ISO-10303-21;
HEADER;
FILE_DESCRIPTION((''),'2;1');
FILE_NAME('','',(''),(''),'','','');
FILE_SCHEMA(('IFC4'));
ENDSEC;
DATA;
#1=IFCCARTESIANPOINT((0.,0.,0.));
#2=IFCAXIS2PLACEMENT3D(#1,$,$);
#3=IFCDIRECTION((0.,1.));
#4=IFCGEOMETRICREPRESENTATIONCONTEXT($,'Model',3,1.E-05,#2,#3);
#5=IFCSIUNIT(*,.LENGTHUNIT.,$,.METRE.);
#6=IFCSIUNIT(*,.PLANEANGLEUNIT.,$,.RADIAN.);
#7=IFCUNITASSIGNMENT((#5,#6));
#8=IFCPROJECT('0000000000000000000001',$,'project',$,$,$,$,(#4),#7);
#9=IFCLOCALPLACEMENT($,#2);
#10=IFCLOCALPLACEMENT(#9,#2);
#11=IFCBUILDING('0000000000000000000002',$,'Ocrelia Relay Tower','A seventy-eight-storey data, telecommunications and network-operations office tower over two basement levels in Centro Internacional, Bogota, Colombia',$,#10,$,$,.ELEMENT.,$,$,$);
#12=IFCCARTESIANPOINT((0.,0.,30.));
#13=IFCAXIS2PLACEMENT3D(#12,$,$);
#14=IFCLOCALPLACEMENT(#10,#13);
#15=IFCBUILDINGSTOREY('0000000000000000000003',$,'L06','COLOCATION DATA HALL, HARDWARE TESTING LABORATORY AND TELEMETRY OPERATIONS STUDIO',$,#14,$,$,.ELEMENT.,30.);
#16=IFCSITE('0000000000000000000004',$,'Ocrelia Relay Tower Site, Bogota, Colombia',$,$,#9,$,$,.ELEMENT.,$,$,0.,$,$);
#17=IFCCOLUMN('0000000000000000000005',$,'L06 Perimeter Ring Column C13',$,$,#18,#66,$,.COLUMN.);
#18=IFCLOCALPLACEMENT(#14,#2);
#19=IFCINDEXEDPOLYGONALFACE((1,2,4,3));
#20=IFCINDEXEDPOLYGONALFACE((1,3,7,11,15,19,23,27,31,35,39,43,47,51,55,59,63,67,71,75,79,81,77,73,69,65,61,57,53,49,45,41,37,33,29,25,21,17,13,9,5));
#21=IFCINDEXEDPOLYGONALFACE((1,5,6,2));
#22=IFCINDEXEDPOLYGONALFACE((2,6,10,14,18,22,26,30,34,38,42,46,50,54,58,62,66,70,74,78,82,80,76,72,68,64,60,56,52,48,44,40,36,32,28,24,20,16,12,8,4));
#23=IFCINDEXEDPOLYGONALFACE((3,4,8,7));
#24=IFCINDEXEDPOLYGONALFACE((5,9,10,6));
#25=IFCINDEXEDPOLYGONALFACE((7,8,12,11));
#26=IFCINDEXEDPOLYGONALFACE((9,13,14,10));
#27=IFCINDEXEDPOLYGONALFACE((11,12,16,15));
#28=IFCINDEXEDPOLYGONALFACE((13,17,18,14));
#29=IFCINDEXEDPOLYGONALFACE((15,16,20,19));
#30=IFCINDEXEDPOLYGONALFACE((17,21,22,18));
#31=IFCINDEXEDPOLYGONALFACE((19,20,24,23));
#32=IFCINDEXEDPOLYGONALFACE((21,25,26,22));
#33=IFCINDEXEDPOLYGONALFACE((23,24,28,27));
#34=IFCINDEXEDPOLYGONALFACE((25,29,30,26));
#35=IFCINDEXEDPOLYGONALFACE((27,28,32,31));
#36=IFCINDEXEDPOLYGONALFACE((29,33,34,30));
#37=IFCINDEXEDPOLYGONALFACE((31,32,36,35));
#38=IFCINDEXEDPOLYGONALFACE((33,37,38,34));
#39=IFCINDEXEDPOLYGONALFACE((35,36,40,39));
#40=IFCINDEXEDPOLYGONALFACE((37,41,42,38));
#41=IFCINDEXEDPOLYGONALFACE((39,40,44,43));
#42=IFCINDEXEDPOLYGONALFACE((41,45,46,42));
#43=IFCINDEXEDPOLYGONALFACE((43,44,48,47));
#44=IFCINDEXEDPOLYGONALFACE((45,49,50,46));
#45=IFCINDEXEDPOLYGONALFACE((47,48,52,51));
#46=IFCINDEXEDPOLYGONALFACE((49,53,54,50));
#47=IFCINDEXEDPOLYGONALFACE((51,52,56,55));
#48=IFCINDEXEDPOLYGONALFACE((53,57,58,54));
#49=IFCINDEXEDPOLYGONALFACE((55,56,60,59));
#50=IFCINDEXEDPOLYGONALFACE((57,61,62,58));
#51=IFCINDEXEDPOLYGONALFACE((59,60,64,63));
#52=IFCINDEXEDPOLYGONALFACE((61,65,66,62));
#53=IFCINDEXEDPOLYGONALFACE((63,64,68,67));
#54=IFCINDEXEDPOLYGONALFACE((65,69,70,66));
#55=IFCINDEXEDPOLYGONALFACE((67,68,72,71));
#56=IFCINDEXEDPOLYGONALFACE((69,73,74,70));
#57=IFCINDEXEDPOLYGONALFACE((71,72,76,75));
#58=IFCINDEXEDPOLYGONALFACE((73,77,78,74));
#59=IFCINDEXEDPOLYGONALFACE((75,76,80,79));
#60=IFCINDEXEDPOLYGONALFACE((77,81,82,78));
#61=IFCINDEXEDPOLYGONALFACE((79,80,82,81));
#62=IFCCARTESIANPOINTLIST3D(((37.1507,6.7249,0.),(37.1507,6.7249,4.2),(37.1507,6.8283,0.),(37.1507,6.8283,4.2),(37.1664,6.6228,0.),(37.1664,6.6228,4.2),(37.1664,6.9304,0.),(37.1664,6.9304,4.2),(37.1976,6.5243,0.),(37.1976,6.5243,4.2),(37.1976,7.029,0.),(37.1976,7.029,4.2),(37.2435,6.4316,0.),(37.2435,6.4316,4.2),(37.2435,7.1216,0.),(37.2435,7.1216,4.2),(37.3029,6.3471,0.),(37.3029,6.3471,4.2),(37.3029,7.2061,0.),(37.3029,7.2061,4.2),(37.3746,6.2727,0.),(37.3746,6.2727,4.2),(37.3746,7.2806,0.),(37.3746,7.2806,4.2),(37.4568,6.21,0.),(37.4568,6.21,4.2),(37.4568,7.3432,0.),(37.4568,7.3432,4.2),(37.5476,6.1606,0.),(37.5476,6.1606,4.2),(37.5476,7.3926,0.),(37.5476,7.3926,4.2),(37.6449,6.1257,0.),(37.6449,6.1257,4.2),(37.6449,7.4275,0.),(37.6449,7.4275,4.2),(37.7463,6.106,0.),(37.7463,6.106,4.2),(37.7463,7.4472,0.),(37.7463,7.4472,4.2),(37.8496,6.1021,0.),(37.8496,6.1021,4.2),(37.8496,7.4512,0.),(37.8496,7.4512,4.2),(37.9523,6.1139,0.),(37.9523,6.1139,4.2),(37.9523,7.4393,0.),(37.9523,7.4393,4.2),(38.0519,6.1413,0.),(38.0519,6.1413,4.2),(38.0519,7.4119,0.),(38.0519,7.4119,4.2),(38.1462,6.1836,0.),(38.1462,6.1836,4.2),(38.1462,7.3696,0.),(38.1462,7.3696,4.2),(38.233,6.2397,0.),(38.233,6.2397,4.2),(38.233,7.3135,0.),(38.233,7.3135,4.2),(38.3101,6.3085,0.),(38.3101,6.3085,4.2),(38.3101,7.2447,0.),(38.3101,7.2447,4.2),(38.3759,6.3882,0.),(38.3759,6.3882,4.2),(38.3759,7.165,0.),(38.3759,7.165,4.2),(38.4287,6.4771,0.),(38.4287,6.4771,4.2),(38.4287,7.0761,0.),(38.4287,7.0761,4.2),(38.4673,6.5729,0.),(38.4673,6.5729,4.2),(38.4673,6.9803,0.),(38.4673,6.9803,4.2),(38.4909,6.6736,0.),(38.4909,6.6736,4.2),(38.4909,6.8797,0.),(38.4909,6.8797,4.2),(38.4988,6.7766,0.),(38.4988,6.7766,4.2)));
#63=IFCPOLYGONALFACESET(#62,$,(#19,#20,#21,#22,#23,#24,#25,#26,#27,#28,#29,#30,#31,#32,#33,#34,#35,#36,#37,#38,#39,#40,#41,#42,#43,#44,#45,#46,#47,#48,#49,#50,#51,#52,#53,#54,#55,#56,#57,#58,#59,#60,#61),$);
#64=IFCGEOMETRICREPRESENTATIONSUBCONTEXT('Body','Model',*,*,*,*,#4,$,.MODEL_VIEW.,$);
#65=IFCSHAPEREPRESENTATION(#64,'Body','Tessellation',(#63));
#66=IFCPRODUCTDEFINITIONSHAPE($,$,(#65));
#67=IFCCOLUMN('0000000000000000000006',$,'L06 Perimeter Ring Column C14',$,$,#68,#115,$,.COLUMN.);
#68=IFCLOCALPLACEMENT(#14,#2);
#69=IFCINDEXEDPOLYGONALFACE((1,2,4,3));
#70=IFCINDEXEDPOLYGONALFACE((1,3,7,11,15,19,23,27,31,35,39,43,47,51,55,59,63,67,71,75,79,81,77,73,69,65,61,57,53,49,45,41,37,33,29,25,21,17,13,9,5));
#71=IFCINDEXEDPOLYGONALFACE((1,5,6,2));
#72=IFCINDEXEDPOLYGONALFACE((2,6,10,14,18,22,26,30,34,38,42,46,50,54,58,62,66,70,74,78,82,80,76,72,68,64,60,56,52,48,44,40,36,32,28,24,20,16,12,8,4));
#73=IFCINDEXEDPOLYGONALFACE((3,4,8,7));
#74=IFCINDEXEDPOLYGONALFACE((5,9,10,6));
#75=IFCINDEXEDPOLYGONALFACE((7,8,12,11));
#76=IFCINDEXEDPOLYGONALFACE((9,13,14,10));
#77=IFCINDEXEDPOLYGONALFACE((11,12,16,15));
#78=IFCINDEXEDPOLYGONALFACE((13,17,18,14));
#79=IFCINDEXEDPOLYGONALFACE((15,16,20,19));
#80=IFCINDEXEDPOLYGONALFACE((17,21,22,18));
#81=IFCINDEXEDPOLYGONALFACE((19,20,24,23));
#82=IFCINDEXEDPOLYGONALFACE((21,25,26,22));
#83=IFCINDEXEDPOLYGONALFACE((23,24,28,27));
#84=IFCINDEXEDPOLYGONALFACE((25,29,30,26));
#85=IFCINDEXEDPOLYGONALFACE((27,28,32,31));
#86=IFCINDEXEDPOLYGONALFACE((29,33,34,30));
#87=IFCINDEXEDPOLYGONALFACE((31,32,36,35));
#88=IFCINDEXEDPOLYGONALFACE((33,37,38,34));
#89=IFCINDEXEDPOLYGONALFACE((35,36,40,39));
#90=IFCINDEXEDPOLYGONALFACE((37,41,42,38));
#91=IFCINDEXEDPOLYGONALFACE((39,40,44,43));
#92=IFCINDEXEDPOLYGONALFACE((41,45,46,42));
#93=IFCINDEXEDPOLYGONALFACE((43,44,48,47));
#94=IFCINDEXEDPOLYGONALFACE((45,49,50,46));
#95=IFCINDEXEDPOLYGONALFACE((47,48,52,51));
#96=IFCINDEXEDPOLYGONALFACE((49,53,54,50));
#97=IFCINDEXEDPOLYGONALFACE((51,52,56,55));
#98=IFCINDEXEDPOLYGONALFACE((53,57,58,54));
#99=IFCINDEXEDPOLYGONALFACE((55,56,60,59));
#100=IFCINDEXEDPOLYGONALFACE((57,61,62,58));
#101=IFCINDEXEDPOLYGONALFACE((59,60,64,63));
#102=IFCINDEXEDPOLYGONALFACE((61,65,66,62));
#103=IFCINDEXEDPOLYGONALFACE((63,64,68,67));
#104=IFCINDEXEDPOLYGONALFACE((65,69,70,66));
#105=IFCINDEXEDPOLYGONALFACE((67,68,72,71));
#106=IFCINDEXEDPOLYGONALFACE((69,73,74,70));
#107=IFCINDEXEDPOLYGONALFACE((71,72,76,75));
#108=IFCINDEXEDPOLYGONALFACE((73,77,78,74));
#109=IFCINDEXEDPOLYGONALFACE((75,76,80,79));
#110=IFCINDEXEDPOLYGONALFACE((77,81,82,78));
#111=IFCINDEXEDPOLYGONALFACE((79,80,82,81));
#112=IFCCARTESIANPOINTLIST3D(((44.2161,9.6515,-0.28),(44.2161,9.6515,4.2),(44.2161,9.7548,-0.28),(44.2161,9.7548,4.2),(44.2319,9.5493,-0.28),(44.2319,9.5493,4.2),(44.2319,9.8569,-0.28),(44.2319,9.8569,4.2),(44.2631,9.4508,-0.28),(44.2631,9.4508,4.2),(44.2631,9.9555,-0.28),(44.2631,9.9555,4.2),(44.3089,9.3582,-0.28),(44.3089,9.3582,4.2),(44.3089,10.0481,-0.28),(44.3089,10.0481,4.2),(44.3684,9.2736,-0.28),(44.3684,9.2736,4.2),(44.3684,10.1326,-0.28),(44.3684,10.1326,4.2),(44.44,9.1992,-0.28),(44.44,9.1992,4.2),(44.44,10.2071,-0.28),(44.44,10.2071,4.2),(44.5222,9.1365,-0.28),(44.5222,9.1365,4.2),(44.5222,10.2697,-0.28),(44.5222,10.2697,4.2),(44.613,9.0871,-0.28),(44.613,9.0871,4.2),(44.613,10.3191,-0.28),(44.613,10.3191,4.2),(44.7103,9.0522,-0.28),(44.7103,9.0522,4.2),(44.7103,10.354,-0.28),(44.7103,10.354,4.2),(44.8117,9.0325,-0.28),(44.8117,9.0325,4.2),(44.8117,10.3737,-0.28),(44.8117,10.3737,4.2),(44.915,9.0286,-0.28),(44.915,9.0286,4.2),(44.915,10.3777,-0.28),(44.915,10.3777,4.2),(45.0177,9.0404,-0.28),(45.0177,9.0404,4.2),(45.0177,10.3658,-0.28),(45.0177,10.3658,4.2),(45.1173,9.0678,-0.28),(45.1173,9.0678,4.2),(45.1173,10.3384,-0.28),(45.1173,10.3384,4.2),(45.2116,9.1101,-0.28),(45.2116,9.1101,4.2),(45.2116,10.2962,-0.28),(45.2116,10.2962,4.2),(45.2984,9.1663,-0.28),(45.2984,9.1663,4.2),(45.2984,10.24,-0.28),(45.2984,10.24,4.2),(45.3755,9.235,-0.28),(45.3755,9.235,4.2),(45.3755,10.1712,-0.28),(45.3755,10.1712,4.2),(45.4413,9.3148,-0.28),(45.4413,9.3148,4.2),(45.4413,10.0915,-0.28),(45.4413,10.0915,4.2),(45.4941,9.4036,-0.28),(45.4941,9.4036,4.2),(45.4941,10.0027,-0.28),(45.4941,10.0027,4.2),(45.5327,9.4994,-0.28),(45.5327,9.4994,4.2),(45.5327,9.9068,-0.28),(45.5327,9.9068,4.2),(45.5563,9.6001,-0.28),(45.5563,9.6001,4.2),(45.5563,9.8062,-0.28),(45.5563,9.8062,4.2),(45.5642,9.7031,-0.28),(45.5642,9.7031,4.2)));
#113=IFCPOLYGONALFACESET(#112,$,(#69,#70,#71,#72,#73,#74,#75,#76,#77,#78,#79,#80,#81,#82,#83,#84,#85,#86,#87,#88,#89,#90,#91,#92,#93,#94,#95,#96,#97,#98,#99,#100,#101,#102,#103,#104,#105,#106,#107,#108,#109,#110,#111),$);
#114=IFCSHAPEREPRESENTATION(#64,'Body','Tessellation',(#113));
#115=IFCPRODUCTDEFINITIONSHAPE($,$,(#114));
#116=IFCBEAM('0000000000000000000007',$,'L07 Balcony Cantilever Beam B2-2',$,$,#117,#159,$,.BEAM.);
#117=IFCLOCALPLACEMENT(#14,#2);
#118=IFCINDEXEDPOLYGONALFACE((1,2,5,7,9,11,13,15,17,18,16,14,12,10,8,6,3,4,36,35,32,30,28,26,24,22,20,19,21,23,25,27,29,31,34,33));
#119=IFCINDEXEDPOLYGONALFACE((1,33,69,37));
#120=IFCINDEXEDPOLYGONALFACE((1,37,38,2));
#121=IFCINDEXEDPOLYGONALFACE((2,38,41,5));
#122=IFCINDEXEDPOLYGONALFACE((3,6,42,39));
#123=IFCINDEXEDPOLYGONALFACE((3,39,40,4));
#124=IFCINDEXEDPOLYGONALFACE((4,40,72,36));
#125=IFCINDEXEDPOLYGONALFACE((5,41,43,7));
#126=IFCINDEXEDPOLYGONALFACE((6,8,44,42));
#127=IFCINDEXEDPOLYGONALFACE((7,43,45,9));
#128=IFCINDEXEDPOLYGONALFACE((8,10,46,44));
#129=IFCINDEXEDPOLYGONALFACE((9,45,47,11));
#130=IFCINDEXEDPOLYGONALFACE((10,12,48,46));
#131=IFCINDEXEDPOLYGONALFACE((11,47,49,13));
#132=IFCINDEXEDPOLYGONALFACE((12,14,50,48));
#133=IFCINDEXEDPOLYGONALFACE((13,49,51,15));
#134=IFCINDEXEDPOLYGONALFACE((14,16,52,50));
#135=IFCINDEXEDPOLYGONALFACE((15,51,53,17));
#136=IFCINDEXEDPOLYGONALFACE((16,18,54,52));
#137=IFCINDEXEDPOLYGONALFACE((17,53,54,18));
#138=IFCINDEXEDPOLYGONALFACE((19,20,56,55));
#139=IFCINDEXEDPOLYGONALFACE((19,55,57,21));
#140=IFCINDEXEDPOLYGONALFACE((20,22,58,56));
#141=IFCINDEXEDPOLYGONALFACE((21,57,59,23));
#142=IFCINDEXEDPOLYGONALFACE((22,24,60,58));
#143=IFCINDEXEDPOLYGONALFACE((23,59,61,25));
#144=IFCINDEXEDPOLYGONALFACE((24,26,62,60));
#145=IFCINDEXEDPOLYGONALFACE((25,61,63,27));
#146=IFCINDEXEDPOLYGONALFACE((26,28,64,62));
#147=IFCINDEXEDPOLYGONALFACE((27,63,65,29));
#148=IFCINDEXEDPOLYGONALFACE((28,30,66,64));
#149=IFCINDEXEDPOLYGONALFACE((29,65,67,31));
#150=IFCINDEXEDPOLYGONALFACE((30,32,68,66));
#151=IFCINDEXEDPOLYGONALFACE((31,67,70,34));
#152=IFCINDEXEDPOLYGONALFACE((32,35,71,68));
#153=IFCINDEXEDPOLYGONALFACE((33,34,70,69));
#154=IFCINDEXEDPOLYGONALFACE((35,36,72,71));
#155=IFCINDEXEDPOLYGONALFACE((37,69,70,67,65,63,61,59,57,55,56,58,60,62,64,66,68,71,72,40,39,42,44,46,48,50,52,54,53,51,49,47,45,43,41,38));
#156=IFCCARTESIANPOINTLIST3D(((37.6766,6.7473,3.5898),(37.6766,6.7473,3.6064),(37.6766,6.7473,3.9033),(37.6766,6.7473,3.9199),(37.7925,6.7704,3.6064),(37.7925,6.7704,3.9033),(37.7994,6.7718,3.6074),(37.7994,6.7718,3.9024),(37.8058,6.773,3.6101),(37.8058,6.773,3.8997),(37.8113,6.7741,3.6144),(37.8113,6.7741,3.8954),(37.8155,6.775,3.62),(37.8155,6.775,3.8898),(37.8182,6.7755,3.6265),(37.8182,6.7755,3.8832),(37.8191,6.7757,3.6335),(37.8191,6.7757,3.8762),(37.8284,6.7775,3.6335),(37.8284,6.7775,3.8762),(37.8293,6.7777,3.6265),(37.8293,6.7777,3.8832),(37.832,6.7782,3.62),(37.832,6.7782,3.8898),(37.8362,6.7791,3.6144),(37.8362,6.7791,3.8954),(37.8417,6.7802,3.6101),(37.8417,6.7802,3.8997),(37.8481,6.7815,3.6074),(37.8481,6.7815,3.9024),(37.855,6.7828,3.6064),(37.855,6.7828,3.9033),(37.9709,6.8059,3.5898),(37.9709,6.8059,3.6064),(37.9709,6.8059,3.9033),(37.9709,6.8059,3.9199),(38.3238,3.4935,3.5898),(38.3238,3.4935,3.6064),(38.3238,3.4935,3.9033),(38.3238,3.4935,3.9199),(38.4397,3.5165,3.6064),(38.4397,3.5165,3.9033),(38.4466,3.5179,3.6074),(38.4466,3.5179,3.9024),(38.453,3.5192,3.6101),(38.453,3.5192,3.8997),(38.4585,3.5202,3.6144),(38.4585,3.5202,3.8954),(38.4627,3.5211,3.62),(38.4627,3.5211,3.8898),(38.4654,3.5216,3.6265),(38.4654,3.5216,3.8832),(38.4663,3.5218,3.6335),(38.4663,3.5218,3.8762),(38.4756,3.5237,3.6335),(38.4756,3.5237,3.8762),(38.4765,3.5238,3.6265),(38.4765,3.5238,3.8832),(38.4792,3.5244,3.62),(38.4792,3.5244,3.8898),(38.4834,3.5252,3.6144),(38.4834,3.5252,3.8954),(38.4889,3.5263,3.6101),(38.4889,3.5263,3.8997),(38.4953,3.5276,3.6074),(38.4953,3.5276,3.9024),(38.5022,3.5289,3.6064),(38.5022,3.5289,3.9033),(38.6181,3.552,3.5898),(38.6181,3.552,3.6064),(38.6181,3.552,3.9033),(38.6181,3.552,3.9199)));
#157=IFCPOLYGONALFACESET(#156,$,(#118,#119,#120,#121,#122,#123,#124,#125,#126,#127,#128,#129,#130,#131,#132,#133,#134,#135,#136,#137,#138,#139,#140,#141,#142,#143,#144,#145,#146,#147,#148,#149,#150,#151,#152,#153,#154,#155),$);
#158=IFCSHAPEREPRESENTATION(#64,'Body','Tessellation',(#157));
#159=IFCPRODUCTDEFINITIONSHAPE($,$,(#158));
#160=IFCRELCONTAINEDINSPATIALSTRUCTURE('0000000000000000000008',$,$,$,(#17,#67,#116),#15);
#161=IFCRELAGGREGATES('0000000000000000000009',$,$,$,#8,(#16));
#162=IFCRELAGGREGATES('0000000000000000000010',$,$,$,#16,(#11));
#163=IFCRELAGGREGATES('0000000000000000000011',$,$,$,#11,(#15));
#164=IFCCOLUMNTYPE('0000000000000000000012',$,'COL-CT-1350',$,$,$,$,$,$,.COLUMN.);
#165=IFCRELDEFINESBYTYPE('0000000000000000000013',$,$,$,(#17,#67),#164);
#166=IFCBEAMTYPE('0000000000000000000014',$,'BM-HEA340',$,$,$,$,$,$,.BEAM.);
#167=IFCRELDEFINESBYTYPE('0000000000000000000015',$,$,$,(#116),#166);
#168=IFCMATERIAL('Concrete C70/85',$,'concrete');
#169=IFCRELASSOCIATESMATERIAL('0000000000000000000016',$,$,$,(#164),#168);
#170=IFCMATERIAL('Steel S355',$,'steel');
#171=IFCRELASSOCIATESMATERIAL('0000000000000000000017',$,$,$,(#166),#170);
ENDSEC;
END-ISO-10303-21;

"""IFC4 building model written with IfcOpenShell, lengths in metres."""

from ifc_helpers import new_model, si_unit, direction, frame, origin, origin_2d, place, context, subcontext, project, spatial, circle, i_section, extrude, material, material_profile, profile_set, type_object, element, save


model = new_model("IFC4")

# Units and contexts
model_context = context("Model", 3, precision=1e-05, world=origin(), true_north=direction((0.0, 1.0)))
body_context = subcontext(model_context, "Body", "Model", "MODEL_VIEW")
ifc_project = project(units=[si_unit("LENGTHUNIT", "METRE"), si_unit("PLANEANGLEUNIT", "RADIAN")], contexts=[model_context])

# Site, building, storey
site_placement = place(None, origin())
site = spatial("IfcSite", under=ifc_project, at=site_placement, Name="Ocrelia Relay Tower Site, Bogota, Colombia", CompositionType="ELEMENT", RefElevation=0.0)
building_placement = place(site_placement, origin())
building = spatial("IfcBuilding", under=site, at=building_placement, Name="Ocrelia Relay Tower", Description="A seventy-eight-storey data, telecommunications and network-operations office tower over two basement levels in Centro Internacional, Bogota, Colombia", CompositionType="ELEMENT")
storey_placement = place(building_placement, frame((0.0, 0.0, 30.0)))
storey = spatial("IfcBuildingStorey", under=building, at=storey_placement, Name="L06", Description="COLOCATION DATA HALL, HARDWARE TESTING LABORATORY AND TELEMETRY OPERATIONS STUDIO", CompositionType="ELEMENT", Elevation=30.0)

# Columns
ifc_material_1 = material(Name="Concrete C70/85", Category="concrete")
ifc_material_profile_1 = material_profile(ifc_material_1, circle(Radius=0.675, at=origin_2d()), Name="RC-CIR-1350")
ifc_profile_set_1 = profile_set([ifc_material_profile_1], Name="Concrete C70/85")
column_type = type_object("IfcColumnType", Name="COL-CT-1350", PredefinedType="COLUMN", material=ifc_profile_set_1)
column_1_placement = place(storey_placement, frame((37.8237, 6.7766, 0.0), z_axis=(0.0, 0.0, 1.0), x_axis=(1.0, 0.0, 0.0)))
element("IfcColumn", 1, at=column_1_placement, inside=storey, type_object=column_type, Name="L06 Perimeter Ring Column C13", PredefinedType="COLUMN", context=body_context, shape_type="SweptSolid", body=[
    extrude(circle(Radius=0.675, at=origin_2d()), origin(), (0.0, 0.0, 1.0), 4.2),
])
column_2_placement = place(storey_placement, frame((44.8892, 9.7031, -0.28), z_axis=(0.0, 0.0, 1.0), x_axis=(1.0, 0.0, 0.0)))
element("IfcColumn", 2, at=column_2_placement, inside=storey, type_object=column_type, Name="L06 Perimeter Ring Column C14", PredefinedType="COLUMN", context=body_context, shape_type="SweptSolid", body=[
    extrude(circle(Radius=0.675, at=origin_2d()), origin(), (0.0, 0.0, 1.0), 4.48),
])

# Beam
ifc_material_2 = material(Name="Steel S355", Category="steel")
ifc_material_profile_2 = material_profile(ifc_material_2, i_section(OverallWidth=0.3, OverallDepth=0.3301, WebThickness=0.0095, FlangeThickness=0.0166, FilletRadius=0.0271, at=origin_2d()), Name="HEA 340")
ifc_profile_set_2 = profile_set([ifc_material_profile_2], Name="Steel S355")
beam_type_1 = type_object("IfcBeamType", Name="BM-HEA340", PredefinedType="BEAM", material=ifc_profile_set_2)
beam_1_placement = place(storey_placement, frame((37.8237, 6.7766, 3.7549), z_axis=(0.195083, -0.980787, 0.0), x_axis=(0.980787, 0.195083, 0.0)))
element("IfcBeam", 3, at=beam_1_placement, inside=storey, type_object=beam_type_1, Name="L07 Balcony Cantilever Beam B2-2", PredefinedType="BEAM", context=body_context, shape_type="SweptSolid", body=[
    extrude(i_section(OverallWidth=0.3, OverallDepth=0.3301, WebThickness=0.0095, FlangeThickness=0.0166, FilletRadius=0.0271, at=origin_2d()), origin(), (0.0, 0.0, 1.0), 3.3176),
])

save(model, "model.ifc")
